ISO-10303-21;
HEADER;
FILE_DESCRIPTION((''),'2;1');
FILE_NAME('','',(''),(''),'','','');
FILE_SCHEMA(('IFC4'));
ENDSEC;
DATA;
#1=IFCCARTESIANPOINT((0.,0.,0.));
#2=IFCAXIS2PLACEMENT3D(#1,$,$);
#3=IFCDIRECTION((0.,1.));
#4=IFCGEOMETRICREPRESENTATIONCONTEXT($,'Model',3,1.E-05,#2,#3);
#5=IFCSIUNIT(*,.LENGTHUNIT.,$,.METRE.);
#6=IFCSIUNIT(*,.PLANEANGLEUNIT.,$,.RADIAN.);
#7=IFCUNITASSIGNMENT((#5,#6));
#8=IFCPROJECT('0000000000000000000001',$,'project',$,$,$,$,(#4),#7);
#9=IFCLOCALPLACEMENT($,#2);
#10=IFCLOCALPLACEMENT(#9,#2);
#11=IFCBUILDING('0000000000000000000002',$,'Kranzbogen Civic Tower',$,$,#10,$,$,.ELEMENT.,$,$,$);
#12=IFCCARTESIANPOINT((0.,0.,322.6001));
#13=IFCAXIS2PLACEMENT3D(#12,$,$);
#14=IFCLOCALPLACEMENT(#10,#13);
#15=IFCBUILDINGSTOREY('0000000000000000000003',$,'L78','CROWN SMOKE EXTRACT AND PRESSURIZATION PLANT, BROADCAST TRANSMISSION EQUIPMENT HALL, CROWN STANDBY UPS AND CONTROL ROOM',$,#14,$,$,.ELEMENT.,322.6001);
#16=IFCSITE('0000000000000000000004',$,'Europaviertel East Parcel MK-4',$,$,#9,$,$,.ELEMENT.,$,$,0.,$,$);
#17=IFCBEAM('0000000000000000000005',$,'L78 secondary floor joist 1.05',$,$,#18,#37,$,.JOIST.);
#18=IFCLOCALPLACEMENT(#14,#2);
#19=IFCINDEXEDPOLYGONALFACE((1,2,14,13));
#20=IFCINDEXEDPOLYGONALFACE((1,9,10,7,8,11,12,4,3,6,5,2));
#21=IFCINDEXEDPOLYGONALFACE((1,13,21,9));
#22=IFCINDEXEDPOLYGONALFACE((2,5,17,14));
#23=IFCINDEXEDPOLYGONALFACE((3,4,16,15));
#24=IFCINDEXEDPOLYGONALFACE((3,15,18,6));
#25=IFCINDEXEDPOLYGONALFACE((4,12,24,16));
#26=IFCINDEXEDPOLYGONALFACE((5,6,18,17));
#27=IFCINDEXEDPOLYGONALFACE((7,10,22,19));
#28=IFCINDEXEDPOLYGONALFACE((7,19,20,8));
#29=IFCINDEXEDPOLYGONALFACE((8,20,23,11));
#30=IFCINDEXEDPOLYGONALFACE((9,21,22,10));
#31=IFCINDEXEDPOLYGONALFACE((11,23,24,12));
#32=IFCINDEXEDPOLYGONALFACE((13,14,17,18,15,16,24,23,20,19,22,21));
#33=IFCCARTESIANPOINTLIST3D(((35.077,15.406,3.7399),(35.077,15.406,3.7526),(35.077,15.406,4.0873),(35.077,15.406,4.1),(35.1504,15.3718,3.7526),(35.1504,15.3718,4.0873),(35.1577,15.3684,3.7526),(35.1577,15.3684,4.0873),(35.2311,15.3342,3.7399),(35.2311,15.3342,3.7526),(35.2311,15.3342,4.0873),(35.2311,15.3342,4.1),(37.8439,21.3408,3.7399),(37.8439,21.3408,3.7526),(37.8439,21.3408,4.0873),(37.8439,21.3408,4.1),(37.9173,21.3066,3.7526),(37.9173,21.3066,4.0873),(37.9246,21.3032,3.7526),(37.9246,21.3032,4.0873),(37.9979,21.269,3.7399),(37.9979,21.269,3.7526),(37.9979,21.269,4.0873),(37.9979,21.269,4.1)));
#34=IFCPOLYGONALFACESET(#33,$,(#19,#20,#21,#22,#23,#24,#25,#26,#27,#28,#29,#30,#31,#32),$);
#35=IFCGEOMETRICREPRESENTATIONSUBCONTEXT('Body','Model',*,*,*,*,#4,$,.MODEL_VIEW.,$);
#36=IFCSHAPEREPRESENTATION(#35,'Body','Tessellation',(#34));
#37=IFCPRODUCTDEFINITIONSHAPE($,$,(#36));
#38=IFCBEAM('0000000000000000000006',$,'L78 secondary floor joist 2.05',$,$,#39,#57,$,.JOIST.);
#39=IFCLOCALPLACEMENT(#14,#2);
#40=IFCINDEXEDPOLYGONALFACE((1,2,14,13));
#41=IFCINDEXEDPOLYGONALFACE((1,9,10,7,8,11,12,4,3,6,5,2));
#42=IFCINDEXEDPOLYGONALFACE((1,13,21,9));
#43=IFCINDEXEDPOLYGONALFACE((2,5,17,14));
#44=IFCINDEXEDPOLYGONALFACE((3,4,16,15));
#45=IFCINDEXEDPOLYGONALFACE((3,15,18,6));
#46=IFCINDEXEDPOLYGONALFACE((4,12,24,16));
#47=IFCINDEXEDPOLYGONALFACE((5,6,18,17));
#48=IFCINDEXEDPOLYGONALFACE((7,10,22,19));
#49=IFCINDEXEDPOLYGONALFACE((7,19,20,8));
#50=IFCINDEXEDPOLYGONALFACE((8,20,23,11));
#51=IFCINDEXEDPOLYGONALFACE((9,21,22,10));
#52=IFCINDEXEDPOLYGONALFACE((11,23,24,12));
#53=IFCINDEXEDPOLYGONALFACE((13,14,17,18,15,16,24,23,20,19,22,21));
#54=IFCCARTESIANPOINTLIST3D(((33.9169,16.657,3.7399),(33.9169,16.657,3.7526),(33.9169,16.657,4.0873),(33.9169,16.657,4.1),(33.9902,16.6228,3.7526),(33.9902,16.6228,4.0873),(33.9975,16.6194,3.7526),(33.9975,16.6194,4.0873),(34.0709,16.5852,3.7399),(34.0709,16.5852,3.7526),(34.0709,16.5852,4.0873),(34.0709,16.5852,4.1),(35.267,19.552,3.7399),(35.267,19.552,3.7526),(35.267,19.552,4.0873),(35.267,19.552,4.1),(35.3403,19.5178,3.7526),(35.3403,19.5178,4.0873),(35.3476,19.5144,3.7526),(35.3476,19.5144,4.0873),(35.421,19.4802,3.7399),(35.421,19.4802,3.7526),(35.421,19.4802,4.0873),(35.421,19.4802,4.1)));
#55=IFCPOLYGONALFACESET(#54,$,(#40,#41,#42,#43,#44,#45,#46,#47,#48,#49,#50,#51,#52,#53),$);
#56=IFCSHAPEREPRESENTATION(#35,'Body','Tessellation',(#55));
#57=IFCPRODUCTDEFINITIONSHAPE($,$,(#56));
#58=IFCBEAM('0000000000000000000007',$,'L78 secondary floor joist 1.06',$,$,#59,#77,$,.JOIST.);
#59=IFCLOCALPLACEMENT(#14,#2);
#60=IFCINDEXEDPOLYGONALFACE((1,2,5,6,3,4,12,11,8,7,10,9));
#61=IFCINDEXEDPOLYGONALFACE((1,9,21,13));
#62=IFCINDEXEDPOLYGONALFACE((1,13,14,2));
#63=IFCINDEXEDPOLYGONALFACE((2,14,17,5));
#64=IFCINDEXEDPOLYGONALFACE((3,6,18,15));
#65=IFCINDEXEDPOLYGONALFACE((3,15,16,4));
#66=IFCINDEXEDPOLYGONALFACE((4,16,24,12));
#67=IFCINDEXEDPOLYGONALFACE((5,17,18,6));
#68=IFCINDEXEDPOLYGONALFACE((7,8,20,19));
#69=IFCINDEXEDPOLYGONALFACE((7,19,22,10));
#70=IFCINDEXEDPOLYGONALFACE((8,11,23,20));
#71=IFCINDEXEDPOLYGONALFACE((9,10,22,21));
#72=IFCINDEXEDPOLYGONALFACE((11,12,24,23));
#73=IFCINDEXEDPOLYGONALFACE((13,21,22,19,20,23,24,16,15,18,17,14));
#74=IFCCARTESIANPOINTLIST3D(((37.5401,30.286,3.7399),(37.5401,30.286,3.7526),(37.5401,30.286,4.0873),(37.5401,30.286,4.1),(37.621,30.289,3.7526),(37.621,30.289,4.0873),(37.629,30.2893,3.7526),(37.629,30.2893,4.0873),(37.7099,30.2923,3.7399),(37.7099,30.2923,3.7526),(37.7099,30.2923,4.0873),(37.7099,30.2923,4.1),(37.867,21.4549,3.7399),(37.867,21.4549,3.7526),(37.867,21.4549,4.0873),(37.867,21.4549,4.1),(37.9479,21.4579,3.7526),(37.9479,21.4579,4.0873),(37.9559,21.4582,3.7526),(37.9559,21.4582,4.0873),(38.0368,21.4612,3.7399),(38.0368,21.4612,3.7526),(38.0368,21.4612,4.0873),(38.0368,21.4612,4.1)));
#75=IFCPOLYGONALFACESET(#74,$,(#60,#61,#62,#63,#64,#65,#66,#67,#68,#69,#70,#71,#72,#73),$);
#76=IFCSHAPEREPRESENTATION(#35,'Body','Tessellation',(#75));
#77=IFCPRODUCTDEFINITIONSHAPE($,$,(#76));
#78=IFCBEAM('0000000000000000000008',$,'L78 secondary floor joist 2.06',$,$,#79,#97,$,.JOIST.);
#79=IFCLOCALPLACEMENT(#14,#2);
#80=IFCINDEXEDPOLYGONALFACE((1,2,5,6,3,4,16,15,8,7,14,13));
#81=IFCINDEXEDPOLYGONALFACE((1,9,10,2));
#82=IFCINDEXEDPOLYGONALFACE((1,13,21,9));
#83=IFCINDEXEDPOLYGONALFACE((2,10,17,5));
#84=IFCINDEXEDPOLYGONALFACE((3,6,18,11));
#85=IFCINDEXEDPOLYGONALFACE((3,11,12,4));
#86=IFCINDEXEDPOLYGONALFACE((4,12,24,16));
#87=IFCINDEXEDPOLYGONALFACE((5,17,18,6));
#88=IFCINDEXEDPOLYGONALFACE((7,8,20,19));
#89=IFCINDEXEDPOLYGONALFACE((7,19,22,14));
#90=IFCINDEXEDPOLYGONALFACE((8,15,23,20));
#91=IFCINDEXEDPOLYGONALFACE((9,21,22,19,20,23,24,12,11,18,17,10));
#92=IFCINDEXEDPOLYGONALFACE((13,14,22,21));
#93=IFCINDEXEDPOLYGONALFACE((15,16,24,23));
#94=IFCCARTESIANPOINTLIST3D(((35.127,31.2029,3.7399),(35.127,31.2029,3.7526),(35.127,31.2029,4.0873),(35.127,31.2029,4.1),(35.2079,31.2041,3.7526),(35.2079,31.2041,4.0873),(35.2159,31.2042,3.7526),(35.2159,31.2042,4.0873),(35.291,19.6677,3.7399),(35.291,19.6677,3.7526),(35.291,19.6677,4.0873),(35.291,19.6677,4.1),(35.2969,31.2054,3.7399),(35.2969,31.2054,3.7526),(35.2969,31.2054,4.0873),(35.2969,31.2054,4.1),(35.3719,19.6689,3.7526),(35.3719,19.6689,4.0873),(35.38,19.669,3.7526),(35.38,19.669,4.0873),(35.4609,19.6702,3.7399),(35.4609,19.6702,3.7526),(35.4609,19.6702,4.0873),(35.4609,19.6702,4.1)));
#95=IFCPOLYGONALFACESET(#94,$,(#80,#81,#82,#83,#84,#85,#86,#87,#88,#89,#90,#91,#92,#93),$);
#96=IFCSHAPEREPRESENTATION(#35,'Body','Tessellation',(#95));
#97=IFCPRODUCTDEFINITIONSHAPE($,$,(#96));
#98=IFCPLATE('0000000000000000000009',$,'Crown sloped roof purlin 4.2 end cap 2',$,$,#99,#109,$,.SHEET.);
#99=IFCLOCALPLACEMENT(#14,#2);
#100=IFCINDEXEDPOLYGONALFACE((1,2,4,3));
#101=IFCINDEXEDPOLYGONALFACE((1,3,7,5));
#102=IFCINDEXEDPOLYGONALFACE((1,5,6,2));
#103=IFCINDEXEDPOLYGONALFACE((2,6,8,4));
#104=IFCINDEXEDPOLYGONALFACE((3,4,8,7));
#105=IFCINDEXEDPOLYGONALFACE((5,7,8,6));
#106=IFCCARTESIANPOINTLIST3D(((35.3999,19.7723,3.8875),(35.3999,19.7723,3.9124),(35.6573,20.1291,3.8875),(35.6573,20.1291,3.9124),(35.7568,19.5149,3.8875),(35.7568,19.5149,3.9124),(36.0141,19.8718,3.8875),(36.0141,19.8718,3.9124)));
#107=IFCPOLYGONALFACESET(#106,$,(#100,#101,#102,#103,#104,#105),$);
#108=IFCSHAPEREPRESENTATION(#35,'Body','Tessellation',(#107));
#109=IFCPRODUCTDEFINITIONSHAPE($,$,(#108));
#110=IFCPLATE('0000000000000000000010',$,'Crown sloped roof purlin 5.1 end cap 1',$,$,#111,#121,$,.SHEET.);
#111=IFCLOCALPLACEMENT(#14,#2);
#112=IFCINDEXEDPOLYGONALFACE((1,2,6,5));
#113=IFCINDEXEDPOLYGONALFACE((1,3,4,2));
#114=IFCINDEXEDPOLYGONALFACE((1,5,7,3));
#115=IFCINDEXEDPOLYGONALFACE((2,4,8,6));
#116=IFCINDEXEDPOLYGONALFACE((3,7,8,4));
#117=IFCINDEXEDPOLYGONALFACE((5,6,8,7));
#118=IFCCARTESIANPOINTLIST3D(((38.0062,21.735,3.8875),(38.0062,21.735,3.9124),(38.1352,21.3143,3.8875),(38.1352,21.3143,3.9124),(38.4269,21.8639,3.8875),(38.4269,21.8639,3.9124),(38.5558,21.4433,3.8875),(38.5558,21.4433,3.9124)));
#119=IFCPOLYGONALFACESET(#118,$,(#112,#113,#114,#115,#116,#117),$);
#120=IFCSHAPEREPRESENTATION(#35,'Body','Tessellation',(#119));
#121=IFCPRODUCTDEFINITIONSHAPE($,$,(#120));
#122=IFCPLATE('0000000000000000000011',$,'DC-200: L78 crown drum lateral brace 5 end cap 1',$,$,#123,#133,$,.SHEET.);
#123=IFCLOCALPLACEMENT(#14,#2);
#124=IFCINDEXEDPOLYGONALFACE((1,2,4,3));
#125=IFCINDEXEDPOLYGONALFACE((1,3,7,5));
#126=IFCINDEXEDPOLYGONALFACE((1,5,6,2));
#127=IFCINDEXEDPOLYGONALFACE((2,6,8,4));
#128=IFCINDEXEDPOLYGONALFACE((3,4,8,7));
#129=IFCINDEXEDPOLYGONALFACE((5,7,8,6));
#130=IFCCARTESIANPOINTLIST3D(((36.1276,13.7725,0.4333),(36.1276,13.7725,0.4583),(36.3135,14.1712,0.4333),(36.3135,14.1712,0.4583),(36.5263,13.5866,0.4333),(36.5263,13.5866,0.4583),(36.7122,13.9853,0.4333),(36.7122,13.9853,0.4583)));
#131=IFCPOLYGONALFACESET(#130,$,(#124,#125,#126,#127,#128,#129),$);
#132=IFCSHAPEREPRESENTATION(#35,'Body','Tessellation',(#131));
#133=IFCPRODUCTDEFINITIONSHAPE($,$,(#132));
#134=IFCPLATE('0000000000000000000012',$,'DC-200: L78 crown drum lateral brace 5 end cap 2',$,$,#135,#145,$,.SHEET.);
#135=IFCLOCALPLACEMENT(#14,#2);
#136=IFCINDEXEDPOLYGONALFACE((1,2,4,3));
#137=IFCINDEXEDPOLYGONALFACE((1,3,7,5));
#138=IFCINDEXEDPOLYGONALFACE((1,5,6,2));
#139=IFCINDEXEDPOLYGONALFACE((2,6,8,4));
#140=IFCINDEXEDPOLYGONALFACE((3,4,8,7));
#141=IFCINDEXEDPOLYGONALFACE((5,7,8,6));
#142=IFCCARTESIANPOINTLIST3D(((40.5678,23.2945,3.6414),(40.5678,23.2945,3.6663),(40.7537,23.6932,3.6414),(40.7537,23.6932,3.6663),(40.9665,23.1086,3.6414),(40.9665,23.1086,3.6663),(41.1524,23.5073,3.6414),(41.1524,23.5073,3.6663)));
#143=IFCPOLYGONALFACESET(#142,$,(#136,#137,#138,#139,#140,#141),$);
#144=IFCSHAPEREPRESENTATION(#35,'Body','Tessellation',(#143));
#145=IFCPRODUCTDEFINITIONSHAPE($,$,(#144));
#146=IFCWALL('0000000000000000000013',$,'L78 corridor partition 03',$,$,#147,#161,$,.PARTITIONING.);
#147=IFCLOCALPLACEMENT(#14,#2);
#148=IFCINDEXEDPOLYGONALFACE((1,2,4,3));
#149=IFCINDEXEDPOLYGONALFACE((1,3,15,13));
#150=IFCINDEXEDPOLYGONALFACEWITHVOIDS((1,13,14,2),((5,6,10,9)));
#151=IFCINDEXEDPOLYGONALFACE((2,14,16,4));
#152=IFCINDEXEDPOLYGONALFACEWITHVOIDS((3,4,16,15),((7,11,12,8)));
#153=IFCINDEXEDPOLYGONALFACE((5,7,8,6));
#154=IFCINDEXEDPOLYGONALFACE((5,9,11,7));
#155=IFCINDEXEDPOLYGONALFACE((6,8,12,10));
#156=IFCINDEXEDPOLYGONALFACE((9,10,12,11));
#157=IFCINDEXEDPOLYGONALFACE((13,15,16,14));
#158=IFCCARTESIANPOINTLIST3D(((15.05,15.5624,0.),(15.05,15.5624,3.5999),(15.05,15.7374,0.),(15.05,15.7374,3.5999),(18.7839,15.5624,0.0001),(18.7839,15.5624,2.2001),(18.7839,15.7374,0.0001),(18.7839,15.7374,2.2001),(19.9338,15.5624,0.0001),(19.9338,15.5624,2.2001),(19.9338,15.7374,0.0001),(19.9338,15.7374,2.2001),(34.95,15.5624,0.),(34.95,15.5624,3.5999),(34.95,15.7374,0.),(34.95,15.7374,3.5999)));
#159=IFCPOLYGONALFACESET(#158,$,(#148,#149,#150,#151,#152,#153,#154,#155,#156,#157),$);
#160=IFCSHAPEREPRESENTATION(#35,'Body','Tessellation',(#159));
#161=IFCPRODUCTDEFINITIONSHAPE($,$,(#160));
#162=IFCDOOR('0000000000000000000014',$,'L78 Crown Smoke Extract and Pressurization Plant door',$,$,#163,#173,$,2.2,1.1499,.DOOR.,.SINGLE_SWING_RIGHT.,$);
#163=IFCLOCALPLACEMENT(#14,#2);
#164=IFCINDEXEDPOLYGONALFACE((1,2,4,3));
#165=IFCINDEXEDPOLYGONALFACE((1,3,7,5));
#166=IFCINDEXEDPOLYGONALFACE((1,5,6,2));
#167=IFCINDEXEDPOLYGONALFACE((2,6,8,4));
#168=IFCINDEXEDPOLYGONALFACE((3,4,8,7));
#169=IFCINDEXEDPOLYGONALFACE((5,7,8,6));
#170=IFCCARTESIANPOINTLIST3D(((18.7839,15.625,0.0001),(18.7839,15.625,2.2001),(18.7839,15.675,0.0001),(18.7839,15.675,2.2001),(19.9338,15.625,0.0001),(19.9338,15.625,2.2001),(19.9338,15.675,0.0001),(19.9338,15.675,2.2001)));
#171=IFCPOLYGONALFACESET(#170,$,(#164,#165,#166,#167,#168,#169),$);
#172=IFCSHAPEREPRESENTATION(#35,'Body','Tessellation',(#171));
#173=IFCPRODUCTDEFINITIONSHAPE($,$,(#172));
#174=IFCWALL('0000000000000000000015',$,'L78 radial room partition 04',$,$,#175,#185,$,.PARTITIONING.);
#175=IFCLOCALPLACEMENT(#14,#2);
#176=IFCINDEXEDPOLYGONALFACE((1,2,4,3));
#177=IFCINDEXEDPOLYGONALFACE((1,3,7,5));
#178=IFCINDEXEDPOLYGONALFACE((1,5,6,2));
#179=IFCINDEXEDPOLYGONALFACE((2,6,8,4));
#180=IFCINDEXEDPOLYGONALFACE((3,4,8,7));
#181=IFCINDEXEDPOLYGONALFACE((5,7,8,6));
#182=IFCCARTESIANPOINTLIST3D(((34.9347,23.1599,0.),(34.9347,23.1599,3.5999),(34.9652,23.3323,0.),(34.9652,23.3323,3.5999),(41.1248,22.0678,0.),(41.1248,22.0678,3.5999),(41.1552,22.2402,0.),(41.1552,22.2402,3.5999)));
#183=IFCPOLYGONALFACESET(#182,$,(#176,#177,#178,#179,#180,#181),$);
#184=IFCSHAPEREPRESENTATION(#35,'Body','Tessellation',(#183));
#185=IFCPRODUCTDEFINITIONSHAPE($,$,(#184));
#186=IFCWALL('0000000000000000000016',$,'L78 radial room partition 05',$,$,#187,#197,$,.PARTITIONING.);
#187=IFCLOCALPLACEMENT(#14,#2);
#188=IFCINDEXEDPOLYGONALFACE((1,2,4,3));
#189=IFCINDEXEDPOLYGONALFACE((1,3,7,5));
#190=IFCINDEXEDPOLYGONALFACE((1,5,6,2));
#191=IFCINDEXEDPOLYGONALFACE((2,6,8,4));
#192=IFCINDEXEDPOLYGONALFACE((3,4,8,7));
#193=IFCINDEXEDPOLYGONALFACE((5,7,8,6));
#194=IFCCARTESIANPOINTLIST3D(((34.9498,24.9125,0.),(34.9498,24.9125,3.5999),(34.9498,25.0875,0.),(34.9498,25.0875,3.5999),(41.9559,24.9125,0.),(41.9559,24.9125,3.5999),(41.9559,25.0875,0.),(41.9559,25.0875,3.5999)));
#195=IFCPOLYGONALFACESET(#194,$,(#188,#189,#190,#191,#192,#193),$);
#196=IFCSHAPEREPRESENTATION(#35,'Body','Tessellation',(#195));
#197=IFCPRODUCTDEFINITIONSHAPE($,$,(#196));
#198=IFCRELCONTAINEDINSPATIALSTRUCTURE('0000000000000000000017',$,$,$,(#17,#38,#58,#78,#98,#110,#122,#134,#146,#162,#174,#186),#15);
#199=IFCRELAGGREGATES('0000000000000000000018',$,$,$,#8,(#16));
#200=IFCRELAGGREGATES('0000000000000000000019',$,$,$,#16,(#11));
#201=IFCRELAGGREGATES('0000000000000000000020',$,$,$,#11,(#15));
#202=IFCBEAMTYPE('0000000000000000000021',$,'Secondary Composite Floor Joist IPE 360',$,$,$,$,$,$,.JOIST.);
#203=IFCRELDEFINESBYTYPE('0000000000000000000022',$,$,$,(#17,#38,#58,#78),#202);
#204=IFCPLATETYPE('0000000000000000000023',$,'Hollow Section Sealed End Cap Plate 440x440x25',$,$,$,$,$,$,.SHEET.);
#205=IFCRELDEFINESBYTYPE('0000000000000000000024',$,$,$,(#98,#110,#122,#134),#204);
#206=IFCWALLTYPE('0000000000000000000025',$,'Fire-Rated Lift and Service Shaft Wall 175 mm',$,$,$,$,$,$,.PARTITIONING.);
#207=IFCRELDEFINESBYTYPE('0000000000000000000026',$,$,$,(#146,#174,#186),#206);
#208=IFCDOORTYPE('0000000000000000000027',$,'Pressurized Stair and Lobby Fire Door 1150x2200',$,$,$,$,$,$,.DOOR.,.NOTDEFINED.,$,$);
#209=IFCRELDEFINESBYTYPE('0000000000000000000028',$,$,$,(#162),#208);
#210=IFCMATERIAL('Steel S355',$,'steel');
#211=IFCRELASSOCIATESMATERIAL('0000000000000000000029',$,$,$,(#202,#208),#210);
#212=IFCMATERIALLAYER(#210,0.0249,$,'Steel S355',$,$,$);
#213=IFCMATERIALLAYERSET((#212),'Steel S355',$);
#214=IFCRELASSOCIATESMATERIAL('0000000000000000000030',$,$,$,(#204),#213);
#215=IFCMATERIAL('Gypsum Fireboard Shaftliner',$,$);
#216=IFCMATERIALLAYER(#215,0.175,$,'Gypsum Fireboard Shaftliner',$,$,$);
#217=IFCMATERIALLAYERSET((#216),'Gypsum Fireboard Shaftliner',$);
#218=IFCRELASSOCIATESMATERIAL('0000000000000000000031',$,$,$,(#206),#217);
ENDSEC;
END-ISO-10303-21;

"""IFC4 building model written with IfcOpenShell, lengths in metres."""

from ifc_helpers import new_model, si_unit, direction, frame, frame_2d, origin, origin_2d, place, context, subcontext, project, spatial, rectangle, i_section, extrude, material, layer, layer_set, material_profile, profile_set, type_object, element, fill, save


model = new_model("IFC4")

# Units and contexts
model_context = context("Model", 3, precision=1e-05, world=origin(), true_north=direction((0.0, 1.0)))
body_context = subcontext(model_context, "Body", "Model", "MODEL_VIEW")
ifc_project = project(units=[si_unit("LENGTHUNIT", "METRE"), si_unit("PLANEANGLEUNIT", "RADIAN")], contexts=[model_context])

# Site, building, storey
site_placement = place(None, origin())
site = spatial("IfcSite", under=ifc_project, at=site_placement, Name="Europaviertel East Parcel MK-4", CompositionType="ELEMENT", RefElevation=0.0)
building_placement = place(site_placement, origin())
building = spatial("IfcBuilding", under=site, at=building_placement, Name="Kranzbogen Civic Tower", CompositionType="ELEMENT")
storey_placement = place(building_placement, frame((0.0, 0.0, 322.6001)))
storey = spatial("IfcBuildingStorey", under=building, at=storey_placement, Name="L78", Description="CROWN SMOKE EXTRACT AND PRESSURIZATION PLANT, BROADCAST TRANSMISSION EQUIPMENT HALL, CROWN STANDBY UPS AND CONTROL ROOM", CompositionType="ELEMENT", Elevation=322.6001)

# Shared definitions
ifc_material_1 = material(Name="Steel S355", Category="steel")

# Beams
ifc_material_profile_1 = material_profile(ifc_material_1, i_section(OverallWidth=0.1699, OverallDepth=0.3601, WebThickness=0.0081, FlangeThickness=0.0127, at=origin_2d()), Name="IPE 360")
ifc_profile_set_1 = profile_set([ifc_material_profile_1], Name="Steel S355")
beam_type_1 = type_object("IfcBeamType", Name="Secondary Composite Floor Joist IPE 360", PredefinedType="JOIST", material=ifc_profile_set_1)
beam_1_placement = place(storey_placement, frame((35.1541, 15.3701, 3.9199), z_axis=(0.422543, 0.906343, 0.0), x_axis=(-0.906343, 0.422543, 0.0)))
element("IfcBeam", 1, at=beam_1_placement, inside=storey, type_object=beam_type_1, Name="L78 secondary floor joist 1.05", PredefinedType="JOIST", context=body_context, shape_type="SweptSolid", body=[
    extrude(i_section(OverallWidth=0.1699, OverallDepth=0.3601, WebThickness=0.0081, FlangeThickness=0.0127, at=origin_2d()), origin(), (0.0, 0.0, 1.0), 6.5481),
])
beam_2_placement = place(storey_placement, frame((33.9939, 16.6211, 3.9199), z_axis=(0.422651, 0.906292, 0.0), x_axis=(-0.906292, 0.422651, 0.0)))
element("IfcBeam", 2, at=beam_2_placement, inside=storey, type_object=beam_type_1, Name="L78 secondary floor joist 2.05", PredefinedType="JOIST", context=body_context, shape_type="SweptSolid", body=[
    extrude(i_section(OverallWidth=0.1699, OverallDepth=0.3601, WebThickness=0.0081, FlangeThickness=0.0127, at=origin_2d()), origin(), (0.0, 0.0, 1.0), 3.1943),
])
beam_3_placement = place(storey_placement, frame((37.9519, 21.458, 3.9199), z_axis=(-0.036992, 0.999316, 0.0), x_axis=(-0.999316, -0.036992, 0.0)))
element("IfcBeam", 3, at=beam_3_placement, inside=storey, type_object=beam_type_1, Name="L78 secondary floor joist 1.06", PredefinedType="JOIST", context=body_context, shape_type="SweptSolid", body=[
    extrude(i_section(OverallWidth=0.1699, OverallDepth=0.3601, WebThickness=0.0081, FlangeThickness=0.0127, at=origin_2d()), origin(), (0.0, 0.0, 1.0), 8.8372),
])
beam_4_placement = place(storey_placement, frame((35.376, 19.6689, 3.9199), z_axis=(-0.014221, 0.999899, 0.0), x_axis=(-0.999899, -0.014221, 0.0)))
element("IfcBeam", 4, at=beam_4_placement, inside=storey, type_object=beam_type_1, Name="L78 secondary floor joist 2.06", PredefinedType="JOIST", context=body_context, shape_type="SweptSolid", body=[
    extrude(i_section(OverallWidth=0.1699, OverallDepth=0.3601, WebThickness=0.0081, FlangeThickness=0.0127, at=origin_2d()), origin(), (0.0, 0.0, 1.0), 11.5364),
])

# Plates
ifc_layer_1 = layer(ifc_material_1, 0.0249, Name="Steel S355")
ifc_layer_set_1 = layer_set([ifc_layer_1], Name="Steel S355")
plate_type = type_object("IfcPlateType", Name="Hollow Section Sealed End Cap Plate 440x440x25", PredefinedType="SHEET", material=ifc_layer_set_1)
for number, where, z_axis, x_axis, name in (
    (5, (35.707, 19.822, 3.8875), (0.0, 0.0, 1.0), (0.584972, 0.811054, 0.0), "Crown sloped roof purlin 4.2 end cap 2"),
    (6, (38.281, 21.5891, 3.8875), (0.0, 0.0, 1.0), (-0.293039, 0.9561, 0.0), "Crown sloped roof purlin 5.1 end cap 1"),
    (7, (36.4199, 13.8789, 0.4333), (0.0, 0.0, 1.0), (0.422618, 0.906308, 0.0), "DC-200: L78 crown drum lateral brace 5 end cap 1"),
    (8, (40.8601, 23.4009, 3.6414), (0.0, 0.0, 1.0), (0.422618, 0.906308, 0.0), "DC-200: L78 crown drum lateral brace 5 end cap 2"),
):
    element("IfcPlate", number, at=place(storey_placement, frame(where, z_axis=z_axis, x_axis=x_axis)), inside=storey, type_object=plate_type, Name=name, PredefinedType="SHEET", context=body_context, shape_type="SweptSolid", body=[
        extrude(rectangle(XDim=0.4399, YDim=0.4399, at=origin_2d()), origin(), (0.0, 0.0, 1.0), 0.0249),
    ])

# Wall, opening, door
ifc_material_2 = material(Name="Gypsum Fireboard Shaftliner")
ifc_layer_2 = layer(ifc_material_2, 0.175, Name="Gypsum Fireboard Shaftliner")
ifc_layer_set_2 = layer_set([ifc_layer_2], Name="Gypsum Fireboard Shaftliner")
wall_type_1 = type_object("IfcWallType", Name="Fire-Rated Lift and Service Shaft Wall 175 mm", PredefinedType="PARTITIONING", material=ifc_layer_set_2)
wall_1_placement = place(storey_placement, frame((34.95, 15.6499, 0.0), z_axis=(0.0, 0.0, 1.0), x_axis=(-1.0, 0.0, 0.0)))
wall_1 = element("IfcWall", 9, at=wall_1_placement, inside=storey, type_object=wall_type_1, Name="L78 corridor partition 03", PredefinedType="PARTITIONING", context=body_context, shape_type="SweptSolid", body=[
    extrude(rectangle(XDim=19.8999, YDim=0.175, at=frame_2d((9.95, 0.0))), origin(), (0.0, 0.0, 1.0), 3.5999),
])
opening_placement = place(wall_1_placement, frame((15.0161, 0.0, 0.0)))
opening = element("IfcOpeningElement", 10, at=opening_placement, cuts=wall_1, PredefinedType="OPENING", context=body_context, shape_type="SweptSolid", body=[
    extrude(rectangle(XDim=1.1499, YDim=2.2, at=frame_2d((0.575, 1.1001))), frame((0.0, 0.0977, 0.0), z_axis=(0.0, -1.0, 0.0), x_axis=(1.0, 0.0, 0.0)), (0.0, 0.0, 1.0), 0.1951),
])
door_type = type_object("IfcDoorType", Name="Pressurized Stair and Lobby Fire Door 1150x2200", OperationType="NOTDEFINED", PredefinedType="DOOR", material=ifc_material_1)
door_placement = place(opening_placement, origin())
door = element("IfcDoor", 11, at=door_placement, inside=storey, type_object=door_type, Name="L78 Crown Smoke Extract and Pressurization Plant door", OperationType="SINGLE_SWING_RIGHT", OverallHeight=2.2, OverallWidth=1.1499, PredefinedType="DOOR", context=body_context, shape_type="SweptSolid", body=[
    extrude(rectangle(XDim=1.1499, YDim=2.2, at=frame_2d((0.575, 1.1001))), frame((0.0, 0.0249, 0.0), z_axis=(0.0, -1.0, 0.0), x_axis=(1.0, 0.0, 0.0)), (0.0, 0.0, 1.0), 0.05),
])
fill(opening, door)

# Walls
wall_2_placement = place(storey_placement, frame((34.95, 23.2461, 0.0), z_axis=(0.0, 0.0, 1.0), x_axis=(0.984792, -0.173739, 0.0)))
element("IfcWall", 12, at=wall_2_placement, inside=storey, type_object=wall_type_1, Name="L78 radial room partition 04", PredefinedType="PARTITIONING", context=body_context, shape_type="SweptSolid", body=[
    extrude(rectangle(XDim=6.2856, YDim=0.175, at=frame_2d((3.1428, 0.0))), origin(), (0.0, 0.0, 1.0), 3.5999),
])
wall_3_placement = place(storey_placement, frame((34.95, 25.0, 0.0), z_axis=(0.0, 0.0, 1.0), x_axis=(1.0, 0.0, 0.0)))
element("IfcWall", 13, at=wall_3_placement, inside=storey, type_object=wall_type_1, Name="L78 radial room partition 05", PredefinedType="PARTITIONING", context=body_context, shape_type="SweptSolid", body=[
    extrude(rectangle(XDim=7.0061, YDim=0.175, at=frame_2d((3.5029, 0.0))), origin(), (0.0, 0.0, 1.0), 3.5999),
])

save(model, "model.ifc")
